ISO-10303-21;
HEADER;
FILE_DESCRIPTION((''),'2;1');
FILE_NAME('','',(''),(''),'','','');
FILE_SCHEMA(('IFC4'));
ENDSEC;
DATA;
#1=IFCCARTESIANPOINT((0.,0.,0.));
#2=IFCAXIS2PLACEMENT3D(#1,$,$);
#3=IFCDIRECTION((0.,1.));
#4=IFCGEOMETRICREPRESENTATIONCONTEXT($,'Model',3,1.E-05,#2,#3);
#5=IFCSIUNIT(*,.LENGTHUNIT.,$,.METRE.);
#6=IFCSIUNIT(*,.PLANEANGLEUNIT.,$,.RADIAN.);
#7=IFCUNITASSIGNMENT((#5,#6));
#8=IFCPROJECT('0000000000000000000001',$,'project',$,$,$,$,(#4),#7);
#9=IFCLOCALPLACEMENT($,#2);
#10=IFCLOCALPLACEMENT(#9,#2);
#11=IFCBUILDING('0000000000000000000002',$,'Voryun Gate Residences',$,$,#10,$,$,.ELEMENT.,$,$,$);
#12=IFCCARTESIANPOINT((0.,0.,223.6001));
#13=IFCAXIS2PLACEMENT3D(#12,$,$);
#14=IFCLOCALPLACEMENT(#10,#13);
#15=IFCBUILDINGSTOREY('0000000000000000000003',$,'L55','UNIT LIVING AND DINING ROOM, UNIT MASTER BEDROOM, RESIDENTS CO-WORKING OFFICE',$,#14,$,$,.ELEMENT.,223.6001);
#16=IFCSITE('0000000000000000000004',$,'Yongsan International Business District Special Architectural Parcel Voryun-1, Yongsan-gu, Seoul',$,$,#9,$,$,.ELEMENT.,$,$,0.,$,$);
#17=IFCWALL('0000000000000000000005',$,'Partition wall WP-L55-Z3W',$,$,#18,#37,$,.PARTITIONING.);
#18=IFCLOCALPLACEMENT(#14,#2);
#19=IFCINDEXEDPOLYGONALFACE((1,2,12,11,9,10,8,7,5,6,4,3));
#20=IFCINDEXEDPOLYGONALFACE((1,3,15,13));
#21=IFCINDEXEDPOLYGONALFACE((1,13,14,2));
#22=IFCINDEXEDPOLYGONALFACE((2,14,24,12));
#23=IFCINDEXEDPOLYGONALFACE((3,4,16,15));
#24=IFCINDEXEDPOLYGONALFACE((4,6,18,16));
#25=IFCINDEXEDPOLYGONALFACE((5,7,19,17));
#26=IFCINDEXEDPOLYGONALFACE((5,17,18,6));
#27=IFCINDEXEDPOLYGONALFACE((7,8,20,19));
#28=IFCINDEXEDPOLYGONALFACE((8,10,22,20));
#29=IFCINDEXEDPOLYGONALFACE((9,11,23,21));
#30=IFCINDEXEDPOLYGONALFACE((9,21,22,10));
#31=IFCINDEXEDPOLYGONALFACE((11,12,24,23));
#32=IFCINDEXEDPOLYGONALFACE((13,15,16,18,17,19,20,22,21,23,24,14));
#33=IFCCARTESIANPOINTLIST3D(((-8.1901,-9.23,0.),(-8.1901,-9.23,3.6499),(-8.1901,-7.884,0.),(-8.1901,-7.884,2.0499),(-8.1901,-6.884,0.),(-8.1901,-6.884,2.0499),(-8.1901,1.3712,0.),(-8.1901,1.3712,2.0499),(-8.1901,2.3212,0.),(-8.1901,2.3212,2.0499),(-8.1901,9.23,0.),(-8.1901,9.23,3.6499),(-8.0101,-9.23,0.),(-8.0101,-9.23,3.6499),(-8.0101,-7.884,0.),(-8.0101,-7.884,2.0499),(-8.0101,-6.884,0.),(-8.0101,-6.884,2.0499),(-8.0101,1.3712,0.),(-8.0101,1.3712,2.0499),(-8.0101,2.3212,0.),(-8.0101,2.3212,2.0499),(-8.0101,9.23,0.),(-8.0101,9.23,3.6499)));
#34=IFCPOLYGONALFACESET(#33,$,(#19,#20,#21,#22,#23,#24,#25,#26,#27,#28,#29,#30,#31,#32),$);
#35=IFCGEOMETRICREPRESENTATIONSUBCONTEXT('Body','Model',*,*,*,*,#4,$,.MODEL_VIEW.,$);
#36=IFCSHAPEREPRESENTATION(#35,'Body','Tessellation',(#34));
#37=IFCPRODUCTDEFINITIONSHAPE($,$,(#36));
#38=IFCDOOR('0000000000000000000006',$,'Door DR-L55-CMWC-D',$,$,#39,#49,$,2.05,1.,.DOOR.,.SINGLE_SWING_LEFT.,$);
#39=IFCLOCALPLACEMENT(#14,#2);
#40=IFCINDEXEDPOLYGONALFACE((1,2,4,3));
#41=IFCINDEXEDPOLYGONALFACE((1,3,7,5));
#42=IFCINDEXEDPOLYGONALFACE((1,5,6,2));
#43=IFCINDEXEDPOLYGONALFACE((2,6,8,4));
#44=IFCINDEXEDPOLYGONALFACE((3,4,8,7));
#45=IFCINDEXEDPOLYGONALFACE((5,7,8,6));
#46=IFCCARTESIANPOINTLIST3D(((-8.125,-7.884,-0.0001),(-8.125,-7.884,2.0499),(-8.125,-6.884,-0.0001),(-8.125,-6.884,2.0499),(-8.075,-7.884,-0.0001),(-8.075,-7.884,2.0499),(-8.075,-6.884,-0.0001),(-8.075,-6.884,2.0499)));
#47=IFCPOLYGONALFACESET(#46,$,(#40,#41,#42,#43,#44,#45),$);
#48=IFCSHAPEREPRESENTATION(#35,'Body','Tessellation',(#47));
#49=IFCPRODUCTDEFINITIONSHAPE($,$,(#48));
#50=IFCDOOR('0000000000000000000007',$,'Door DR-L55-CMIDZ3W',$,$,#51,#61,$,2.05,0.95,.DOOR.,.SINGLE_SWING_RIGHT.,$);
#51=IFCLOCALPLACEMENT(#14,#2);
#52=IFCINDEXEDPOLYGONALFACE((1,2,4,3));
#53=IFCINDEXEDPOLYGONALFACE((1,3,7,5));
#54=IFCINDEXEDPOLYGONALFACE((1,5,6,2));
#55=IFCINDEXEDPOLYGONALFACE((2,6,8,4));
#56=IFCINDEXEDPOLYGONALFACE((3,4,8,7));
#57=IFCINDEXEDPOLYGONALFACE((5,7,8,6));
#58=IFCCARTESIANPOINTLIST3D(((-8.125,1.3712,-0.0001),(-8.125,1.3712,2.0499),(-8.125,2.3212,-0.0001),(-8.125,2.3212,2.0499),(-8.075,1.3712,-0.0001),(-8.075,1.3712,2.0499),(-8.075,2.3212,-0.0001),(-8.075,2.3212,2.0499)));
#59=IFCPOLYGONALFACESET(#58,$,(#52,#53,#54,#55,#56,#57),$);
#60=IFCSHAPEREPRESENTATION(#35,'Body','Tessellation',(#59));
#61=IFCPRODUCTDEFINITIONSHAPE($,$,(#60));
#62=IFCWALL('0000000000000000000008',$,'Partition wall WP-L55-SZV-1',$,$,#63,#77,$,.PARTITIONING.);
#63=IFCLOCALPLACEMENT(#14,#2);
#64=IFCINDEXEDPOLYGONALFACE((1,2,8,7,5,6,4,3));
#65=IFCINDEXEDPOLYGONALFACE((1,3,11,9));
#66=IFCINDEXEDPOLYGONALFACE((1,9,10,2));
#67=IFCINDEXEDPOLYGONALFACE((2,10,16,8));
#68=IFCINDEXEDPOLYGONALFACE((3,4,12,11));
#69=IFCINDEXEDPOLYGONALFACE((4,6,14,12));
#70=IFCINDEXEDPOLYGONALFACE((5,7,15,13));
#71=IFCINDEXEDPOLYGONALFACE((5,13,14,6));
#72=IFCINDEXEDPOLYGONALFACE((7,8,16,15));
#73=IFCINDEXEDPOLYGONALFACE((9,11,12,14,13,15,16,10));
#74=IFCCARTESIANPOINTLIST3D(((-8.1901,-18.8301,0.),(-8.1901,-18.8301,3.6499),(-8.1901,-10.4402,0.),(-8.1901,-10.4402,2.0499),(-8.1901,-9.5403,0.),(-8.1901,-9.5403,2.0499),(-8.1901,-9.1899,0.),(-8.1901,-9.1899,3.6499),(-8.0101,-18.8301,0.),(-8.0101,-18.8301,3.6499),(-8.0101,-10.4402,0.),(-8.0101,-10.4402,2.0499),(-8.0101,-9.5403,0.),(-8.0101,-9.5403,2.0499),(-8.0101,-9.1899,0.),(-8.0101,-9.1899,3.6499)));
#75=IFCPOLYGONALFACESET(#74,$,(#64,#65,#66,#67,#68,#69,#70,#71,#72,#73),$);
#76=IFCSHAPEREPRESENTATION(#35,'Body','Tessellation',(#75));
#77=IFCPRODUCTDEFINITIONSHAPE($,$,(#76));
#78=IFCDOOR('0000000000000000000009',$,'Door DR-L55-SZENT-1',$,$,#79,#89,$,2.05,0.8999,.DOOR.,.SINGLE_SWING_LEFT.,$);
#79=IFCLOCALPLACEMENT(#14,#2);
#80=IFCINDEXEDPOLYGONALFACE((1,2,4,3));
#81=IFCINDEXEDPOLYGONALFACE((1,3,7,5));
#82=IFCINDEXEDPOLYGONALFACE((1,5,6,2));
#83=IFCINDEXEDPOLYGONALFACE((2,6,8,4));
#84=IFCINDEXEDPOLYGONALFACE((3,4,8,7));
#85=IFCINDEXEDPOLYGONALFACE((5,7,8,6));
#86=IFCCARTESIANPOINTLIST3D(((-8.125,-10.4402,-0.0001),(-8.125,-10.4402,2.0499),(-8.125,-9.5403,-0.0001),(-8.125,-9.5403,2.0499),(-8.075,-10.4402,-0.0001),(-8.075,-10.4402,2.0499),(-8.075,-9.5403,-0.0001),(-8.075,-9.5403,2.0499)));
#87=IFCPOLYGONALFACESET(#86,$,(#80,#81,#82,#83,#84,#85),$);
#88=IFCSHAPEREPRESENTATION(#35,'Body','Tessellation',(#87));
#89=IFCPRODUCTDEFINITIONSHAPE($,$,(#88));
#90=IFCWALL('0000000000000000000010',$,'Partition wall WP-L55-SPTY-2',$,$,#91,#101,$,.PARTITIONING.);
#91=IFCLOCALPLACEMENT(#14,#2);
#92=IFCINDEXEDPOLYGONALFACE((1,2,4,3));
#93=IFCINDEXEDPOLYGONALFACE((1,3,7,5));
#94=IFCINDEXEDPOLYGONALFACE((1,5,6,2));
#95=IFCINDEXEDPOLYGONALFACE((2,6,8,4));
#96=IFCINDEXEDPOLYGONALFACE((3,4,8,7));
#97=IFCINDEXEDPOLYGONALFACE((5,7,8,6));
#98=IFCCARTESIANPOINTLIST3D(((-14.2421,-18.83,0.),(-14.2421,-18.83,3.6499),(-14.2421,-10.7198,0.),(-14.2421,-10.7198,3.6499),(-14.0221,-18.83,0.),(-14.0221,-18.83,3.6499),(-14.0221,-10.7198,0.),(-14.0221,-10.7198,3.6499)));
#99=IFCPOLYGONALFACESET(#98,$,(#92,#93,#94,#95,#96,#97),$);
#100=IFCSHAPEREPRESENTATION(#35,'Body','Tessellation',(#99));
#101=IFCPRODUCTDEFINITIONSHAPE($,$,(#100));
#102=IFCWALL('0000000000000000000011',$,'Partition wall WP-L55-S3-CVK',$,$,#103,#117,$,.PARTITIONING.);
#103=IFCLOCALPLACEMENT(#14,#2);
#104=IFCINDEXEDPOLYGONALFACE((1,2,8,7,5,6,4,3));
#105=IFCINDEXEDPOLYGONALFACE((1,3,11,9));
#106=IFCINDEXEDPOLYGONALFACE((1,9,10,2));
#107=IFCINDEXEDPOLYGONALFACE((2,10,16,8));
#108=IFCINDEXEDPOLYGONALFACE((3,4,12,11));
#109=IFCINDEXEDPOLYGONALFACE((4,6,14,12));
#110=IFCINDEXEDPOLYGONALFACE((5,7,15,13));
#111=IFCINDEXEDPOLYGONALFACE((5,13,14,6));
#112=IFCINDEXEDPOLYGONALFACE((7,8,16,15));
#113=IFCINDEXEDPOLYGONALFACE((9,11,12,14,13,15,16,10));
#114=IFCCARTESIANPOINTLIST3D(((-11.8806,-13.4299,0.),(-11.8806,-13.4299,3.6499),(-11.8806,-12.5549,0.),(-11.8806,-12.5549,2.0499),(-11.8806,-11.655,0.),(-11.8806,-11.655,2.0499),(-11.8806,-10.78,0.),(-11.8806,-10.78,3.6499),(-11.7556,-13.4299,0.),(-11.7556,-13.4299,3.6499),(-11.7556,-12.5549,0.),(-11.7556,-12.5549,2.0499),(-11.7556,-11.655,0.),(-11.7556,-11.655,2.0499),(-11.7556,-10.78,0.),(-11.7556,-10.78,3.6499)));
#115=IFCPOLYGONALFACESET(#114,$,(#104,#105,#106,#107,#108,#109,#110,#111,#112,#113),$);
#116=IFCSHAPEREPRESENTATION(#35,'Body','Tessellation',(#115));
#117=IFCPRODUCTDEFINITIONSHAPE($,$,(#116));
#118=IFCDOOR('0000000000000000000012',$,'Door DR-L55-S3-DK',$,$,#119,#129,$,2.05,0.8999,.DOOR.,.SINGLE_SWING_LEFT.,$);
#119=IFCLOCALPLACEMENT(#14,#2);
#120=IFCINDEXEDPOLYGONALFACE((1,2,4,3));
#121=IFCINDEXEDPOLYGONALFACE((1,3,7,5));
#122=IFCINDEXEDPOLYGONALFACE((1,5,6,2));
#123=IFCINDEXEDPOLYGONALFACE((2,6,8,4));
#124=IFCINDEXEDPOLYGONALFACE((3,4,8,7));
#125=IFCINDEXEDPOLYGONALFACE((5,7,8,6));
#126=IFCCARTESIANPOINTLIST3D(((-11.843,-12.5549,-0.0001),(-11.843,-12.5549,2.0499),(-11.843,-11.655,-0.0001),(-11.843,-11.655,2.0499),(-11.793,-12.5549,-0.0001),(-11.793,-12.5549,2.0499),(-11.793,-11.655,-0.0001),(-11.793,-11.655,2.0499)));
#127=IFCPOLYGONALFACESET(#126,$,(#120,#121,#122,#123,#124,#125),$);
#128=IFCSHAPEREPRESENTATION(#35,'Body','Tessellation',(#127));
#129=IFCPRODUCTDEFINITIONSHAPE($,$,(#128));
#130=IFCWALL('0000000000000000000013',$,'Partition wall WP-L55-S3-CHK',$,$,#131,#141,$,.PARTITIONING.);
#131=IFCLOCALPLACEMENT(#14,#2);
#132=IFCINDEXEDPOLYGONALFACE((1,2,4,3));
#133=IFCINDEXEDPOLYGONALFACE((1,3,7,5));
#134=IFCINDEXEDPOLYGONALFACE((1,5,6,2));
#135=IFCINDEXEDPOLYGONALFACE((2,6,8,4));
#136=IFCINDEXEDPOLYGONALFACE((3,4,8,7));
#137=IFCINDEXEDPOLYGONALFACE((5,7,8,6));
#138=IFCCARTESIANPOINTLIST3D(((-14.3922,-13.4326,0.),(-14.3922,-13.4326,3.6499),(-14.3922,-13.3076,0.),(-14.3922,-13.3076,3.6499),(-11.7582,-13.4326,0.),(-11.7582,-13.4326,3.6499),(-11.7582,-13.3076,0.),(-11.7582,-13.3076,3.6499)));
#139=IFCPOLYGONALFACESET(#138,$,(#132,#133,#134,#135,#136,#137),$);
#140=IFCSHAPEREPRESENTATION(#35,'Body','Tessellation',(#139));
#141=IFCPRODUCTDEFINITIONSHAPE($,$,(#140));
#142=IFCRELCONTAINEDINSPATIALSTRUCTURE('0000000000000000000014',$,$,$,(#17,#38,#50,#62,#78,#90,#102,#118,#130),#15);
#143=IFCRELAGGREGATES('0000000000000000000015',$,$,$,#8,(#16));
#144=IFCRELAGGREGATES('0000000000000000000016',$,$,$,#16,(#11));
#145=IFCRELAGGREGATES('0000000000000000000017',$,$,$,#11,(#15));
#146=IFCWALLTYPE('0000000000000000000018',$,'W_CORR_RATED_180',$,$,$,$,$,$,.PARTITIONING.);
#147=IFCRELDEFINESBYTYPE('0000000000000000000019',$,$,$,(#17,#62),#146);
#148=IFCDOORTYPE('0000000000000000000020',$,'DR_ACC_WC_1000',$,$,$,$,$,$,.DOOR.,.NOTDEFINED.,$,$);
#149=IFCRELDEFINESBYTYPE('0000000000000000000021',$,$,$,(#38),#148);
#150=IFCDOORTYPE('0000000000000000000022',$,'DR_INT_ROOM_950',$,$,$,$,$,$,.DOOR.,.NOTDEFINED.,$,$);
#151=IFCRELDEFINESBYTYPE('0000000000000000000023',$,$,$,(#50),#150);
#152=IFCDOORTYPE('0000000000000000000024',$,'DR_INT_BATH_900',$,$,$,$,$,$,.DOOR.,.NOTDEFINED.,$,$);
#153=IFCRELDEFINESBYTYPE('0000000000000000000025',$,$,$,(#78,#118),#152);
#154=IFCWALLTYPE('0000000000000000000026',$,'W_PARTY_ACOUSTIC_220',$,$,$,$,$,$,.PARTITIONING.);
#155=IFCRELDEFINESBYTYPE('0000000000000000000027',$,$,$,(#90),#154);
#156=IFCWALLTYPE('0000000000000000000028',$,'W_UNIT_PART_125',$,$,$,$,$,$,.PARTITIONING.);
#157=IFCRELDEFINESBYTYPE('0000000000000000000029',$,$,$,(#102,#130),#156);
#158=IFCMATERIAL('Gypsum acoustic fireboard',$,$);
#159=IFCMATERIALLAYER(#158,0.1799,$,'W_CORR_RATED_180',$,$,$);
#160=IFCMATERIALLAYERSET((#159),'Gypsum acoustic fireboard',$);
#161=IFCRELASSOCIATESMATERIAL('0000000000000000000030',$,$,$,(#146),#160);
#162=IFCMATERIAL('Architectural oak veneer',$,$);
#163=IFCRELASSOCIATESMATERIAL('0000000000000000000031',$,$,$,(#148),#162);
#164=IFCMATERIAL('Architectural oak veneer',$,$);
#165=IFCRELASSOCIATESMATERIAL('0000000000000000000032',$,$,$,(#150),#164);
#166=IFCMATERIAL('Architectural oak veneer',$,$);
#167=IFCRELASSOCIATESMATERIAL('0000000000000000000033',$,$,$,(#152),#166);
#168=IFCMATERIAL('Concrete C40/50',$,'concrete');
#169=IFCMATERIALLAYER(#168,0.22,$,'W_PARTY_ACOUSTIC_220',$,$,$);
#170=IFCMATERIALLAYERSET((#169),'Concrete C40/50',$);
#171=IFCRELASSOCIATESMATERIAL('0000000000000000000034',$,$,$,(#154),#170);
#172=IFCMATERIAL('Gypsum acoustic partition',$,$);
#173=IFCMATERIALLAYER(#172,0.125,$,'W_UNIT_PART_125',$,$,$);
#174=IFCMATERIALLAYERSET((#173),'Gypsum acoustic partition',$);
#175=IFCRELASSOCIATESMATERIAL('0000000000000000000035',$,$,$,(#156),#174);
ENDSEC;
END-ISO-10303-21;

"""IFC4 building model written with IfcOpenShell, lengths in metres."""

from ifc_helpers import new_model, si_unit, direction, frame, frame_2d, origin, place, context, subcontext, project, spatial, rectangle, extrude, material, layer, layer_set, type_object, element, fill, save


model = new_model("IFC4")

# Units and contexts
model_context = context("Model", 3, precision=1e-05, world=origin(), true_north=direction((0.0, 1.0)))
body_context = subcontext(model_context, "Body", "Model", "MODEL_VIEW")
ifc_project = project(units=[si_unit("LENGTHUNIT", "METRE"), si_unit("PLANEANGLEUNIT", "RADIAN")], contexts=[model_context])

# Site, building, storey
site_placement = place(None, origin())
site = spatial("IfcSite", under=ifc_project, at=site_placement, Name="Yongsan International Business District Special Architectural Parcel Voryun-1, Yongsan-gu, Seoul", CompositionType="ELEMENT", RefElevation=0.0)
building_placement = place(site_placement, origin())
building = spatial("IfcBuilding", under=site, at=building_placement, Name="Voryun Gate Residences", CompositionType="ELEMENT")
storey_placement = place(building_placement, frame((0.0, 0.0, 223.6001)))
storey = spatial("IfcBuildingStorey", under=building, at=storey_placement, Name="L55", Description="UNIT LIVING AND DINING ROOM, UNIT MASTER BEDROOM, RESIDENTS CO-WORKING OFFICE", CompositionType="ELEMENT", Elevation=223.6001)

# Shared definitions
ifc_material_1 = material(Name="Gypsum acoustic fireboard")
ifc_layer_1 = layer(ifc_material_1, 0.1799, Name="W_CORR_RATED_180")
ifc_layer_set_1 = layer_set([ifc_layer_1], Name="Gypsum acoustic fireboard")
wall_type_1 = type_object("IfcWallType", Name="W_CORR_RATED_180", PredefinedType="PARTITIONING", material=ifc_layer_set_1)

# Wall, openings, doors
wall_1_placement = place(storey_placement, frame((-8.1001, -9.23, 0.0), z_axis=(0.0, 0.0, 1.0), x_axis=(0.0, 1.0, 0.0)))
wall_1 = element("IfcWall", 1, at=wall_1_placement, inside=storey, type_object=wall_type_1, Name="Partition wall WP-L55-Z3W", PredefinedType="PARTITIONING", context=body_context, shape_type="SweptSolid", body=[
    extrude(rectangle(XDim=18.46, YDim=0.1799, at=frame_2d((9.23, 0.0))), origin(), (0.0, 0.0, 1.0), 3.6499),
])
opening_1_placement = place(wall_1_placement, frame((1.3459, 0.0, 0.0)))
opening_1 = element("IfcOpeningElement", 2, at=opening_1_placement, cuts=wall_1, PredefinedType="OPENING", context=body_context, shape_type="SweptSolid", body=[
    extrude(rectangle(XDim=1.0, YDim=2.05, at=frame_2d((0.5, 1.0249))), frame((0.0, 0.0999, 0.0), z_axis=(0.0, -1.0, 0.0), x_axis=(1.0, 0.0, 0.0)), (0.0, 0.0, 1.0), 0.2),
])
opening_2_placement = place(wall_1_placement, frame((10.6011, 0.0, 0.0)))
opening_2 = element("IfcOpeningElement", 3, at=opening_2_placement, cuts=wall_1, PredefinedType="OPENING", context=body_context, shape_type="SweptSolid", body=[
    extrude(rectangle(XDim=0.95, YDim=2.05, at=frame_2d((0.4751, 1.0249))), frame((0.0, 0.0999, 0.0), z_axis=(0.0, -1.0, 0.0), x_axis=(1.0, 0.0, 0.0)), (0.0, 0.0, 1.0), 0.2),
])
ifc_material_2 = material(Name="Architectural oak veneer")
door_type_1 = type_object("IfcDoorType", Name="DR_ACC_WC_1000", OperationType="NOTDEFINED", PredefinedType="DOOR", material=ifc_material_2)
door_1_placement = place(opening_1_placement, origin())
door_1 = element("IfcDoor", 4, at=door_1_placement, inside=storey, type_object=door_type_1, Name="Door DR-L55-CMWC-D", OperationType="SINGLE_SWING_LEFT", OverallHeight=2.05, OverallWidth=1.0, PredefinedType="DOOR", context=body_context, shape_type="SweptSolid", body=[
    extrude(rectangle(XDim=1.0, YDim=2.05, at=frame_2d((0.5, 1.0249))), frame((0.0, 0.0249, 0.0), z_axis=(0.0, -1.0, 0.0), x_axis=(1.0, 0.0, 0.0)), (0.0, 0.0, 1.0), 0.05),
])
fill(opening_1, door_1)
ifc_material_3 = material(Name="Architectural oak veneer")
door_type_2 = type_object("IfcDoorType", Name="DR_INT_ROOM_950", OperationType="NOTDEFINED", PredefinedType="DOOR", material=ifc_material_3)
door_2_placement = place(opening_2_placement, origin())
door_2 = element("IfcDoor", 5, at=door_2_placement, inside=storey, type_object=door_type_2, Name="Door DR-L55-CMIDZ3W", OperationType="SINGLE_SWING_RIGHT", OverallHeight=2.05, OverallWidth=0.95, PredefinedType="DOOR", context=body_context, shape_type="SweptSolid", body=[
    extrude(rectangle(XDim=0.95, YDim=2.05, at=frame_2d((0.4751, 1.0249))), frame((0.0, 0.0249, 0.0), z_axis=(0.0, -1.0, 0.0), x_axis=(1.0, 0.0, 0.0)), (0.0, 0.0, 1.0), 0.05),
])
fill(opening_2, door_2)

# Wall, opening, door
wall_2_placement = place(storey_placement, frame((-8.1001, -18.8301, 0.0), z_axis=(0.0, 0.0, 1.0), x_axis=(0.0, 1.0, 0.0)))
wall_2 = element("IfcWall", 6, at=wall_2_placement, inside=storey, type_object=wall_type_1, Name="Partition wall WP-L55-SZV-1", PredefinedType="PARTITIONING", context=body_context, shape_type="SweptSolid", body=[
    extrude(rectangle(XDim=9.6401, YDim=0.1799, at=frame_2d((4.8201, 0.0))), origin(), (0.0, 0.0, 1.0), 3.6499),
])
opening_3_placement = place(wall_2_placement, frame((8.3899, 0.0, 0.0)))
opening_3 = element("IfcOpeningElement", 7, at=opening_3_placement, cuts=wall_2, PredefinedType="OPENING", context=body_context, shape_type="SweptSolid", body=[
    extrude(rectangle(XDim=0.8999, YDim=2.05, at=frame_2d((0.45, 1.0249))), frame((0.0, 0.0999, 0.0), z_axis=(0.0, -1.0, 0.0), x_axis=(1.0, 0.0, 0.0)), (0.0, 0.0, 1.0), 0.2),
])
ifc_material_4 = material(Name="Architectural oak veneer")
door_type_3 = type_object("IfcDoorType", Name="DR_INT_BATH_900", OperationType="NOTDEFINED", PredefinedType="DOOR", material=ifc_material_4)
door_3_placement = place(opening_3_placement, origin())
door_3 = element("IfcDoor", 8, at=door_3_placement, inside=storey, type_object=door_type_3, Name="Door DR-L55-SZENT-1", OperationType="SINGLE_SWING_LEFT", OverallHeight=2.05, OverallWidth=0.8999, PredefinedType="DOOR", context=body_context, shape_type="SweptSolid", body=[
    extrude(rectangle(XDim=0.8999, YDim=2.05, at=frame_2d((0.45, 1.0249))), frame((0.0, 0.0249, 0.0), z_axis=(0.0, -1.0, 0.0), x_axis=(1.0, 0.0, 0.0)), (0.0, 0.0, 1.0), 0.05),
])
fill(opening_3, door_3)

# Wall
ifc_material_5 = material(Name="Concrete C40/50", Category="concrete")
ifc_layer_2 = layer(ifc_material_5, 0.22, Name="W_PARTY_ACOUSTIC_220")
ifc_layer_set_2 = layer_set([ifc_layer_2], Name="Concrete C40/50")
wall_type_2 = type_object("IfcWallType", Name="W_PARTY_ACOUSTIC_220", PredefinedType="PARTITIONING", material=ifc_layer_set_2)
wall_3_placement = place(storey_placement, frame((-14.1321, -18.8301, 0.0), z_axis=(0.0, 0.0, 1.0), x_axis=(0.0, 1.0, 0.0)))
element("IfcWall", 9, at=wall_3_placement, inside=storey, type_object=wall_type_2, Name="Partition wall WP-L55-SPTY-2", PredefinedType="PARTITIONING", context=body_context, shape_type="SweptSolid", body=[
    extrude(rectangle(XDim=8.1101, YDim=0.22, at=frame_2d((4.0552, 0.0))), origin(), (0.0, 0.0, 1.0), 3.6499),
])

# Wall, opening, door
ifc_material_6 = material(Name="Gypsum acoustic partition")
ifc_layer_3 = layer(ifc_material_6, 0.125, Name="W_UNIT_PART_125")
ifc_layer_set_3 = layer_set([ifc_layer_3], Name="Gypsum acoustic partition")
wall_type_3 = type_object("IfcWallType", Name="W_UNIT_PART_125", PredefinedType="PARTITIONING", material=ifc_layer_set_3)
wall_4_placement = place(storey_placement, frame((-11.8181, -13.4299, 0.0), z_axis=(0.0, 0.0, 1.0), x_axis=(0.0, 1.0, 0.0)))
wall_4 = element("IfcWall", 10, at=wall_4_placement, inside=storey, type_object=wall_type_3, Name="Partition wall WP-L55-S3-CVK", PredefinedType="PARTITIONING", context=body_context, shape_type="SweptSolid", body=[
    extrude(rectangle(XDim=2.6499, YDim=0.125, at=frame_2d((1.325, 0.0))), origin(), (0.0, 0.0, 1.0), 3.6499),
])
opening_4_placement = place(wall_4_placement, frame((0.875, 0.0, 0.0)))
opening_4 = element("IfcOpeningElement", 11, at=opening_4_placement, cuts=wall_4, PredefinedType="OPENING", context=body_context, shape_type="SweptSolid", body=[
    extrude(rectangle(XDim=0.8999, YDim=2.05, at=frame_2d((0.45, 1.0249))), frame((0.0, 0.0725, 0.0), z_axis=(0.0, -1.0, 0.0), x_axis=(1.0, 0.0, 0.0)), (0.0, 0.0, 1.0), 0.145),
])
door_4_placement = place(opening_4_placement, origin())
door_4 = element("IfcDoor", 12, at=door_4_placement, inside=storey, type_object=door_type_3, Name="Door DR-L55-S3-DK", OperationType="SINGLE_SWING_LEFT", OverallHeight=2.05, OverallWidth=0.8999, PredefinedType="DOOR", context=body_context, shape_type="SweptSolid", body=[
    extrude(rectangle(XDim=0.8999, YDim=2.05, at=frame_2d((0.45, 1.0249))), frame((0.0, 0.0249, 0.0), z_axis=(0.0, -1.0, 0.0), x_axis=(1.0, 0.0, 0.0)), (0.0, 0.0, 1.0), 0.05),
])
fill(opening_4, door_4)

# Wall
wall_5_placement = place(storey_placement, frame((-14.3921, -13.3701, 0.0), z_axis=(0.0, 0.0, 1.0), x_axis=(1.0, 0.0, 0.0)))
element("IfcWall", 13, at=wall_5_placement, inside=storey, type_object=wall_type_3, Name="Partition wall WP-L55-S3-CHK", PredefinedType="PARTITIONING", context=body_context, shape_type="SweptSolid", body=[
    extrude(rectangle(XDim=2.634, YDim=0.125, at=frame_2d((1.3169, 0.0))), origin(), (0.0, 0.0, 1.0), 3.6499),
])

save(model, "model.ifc")
